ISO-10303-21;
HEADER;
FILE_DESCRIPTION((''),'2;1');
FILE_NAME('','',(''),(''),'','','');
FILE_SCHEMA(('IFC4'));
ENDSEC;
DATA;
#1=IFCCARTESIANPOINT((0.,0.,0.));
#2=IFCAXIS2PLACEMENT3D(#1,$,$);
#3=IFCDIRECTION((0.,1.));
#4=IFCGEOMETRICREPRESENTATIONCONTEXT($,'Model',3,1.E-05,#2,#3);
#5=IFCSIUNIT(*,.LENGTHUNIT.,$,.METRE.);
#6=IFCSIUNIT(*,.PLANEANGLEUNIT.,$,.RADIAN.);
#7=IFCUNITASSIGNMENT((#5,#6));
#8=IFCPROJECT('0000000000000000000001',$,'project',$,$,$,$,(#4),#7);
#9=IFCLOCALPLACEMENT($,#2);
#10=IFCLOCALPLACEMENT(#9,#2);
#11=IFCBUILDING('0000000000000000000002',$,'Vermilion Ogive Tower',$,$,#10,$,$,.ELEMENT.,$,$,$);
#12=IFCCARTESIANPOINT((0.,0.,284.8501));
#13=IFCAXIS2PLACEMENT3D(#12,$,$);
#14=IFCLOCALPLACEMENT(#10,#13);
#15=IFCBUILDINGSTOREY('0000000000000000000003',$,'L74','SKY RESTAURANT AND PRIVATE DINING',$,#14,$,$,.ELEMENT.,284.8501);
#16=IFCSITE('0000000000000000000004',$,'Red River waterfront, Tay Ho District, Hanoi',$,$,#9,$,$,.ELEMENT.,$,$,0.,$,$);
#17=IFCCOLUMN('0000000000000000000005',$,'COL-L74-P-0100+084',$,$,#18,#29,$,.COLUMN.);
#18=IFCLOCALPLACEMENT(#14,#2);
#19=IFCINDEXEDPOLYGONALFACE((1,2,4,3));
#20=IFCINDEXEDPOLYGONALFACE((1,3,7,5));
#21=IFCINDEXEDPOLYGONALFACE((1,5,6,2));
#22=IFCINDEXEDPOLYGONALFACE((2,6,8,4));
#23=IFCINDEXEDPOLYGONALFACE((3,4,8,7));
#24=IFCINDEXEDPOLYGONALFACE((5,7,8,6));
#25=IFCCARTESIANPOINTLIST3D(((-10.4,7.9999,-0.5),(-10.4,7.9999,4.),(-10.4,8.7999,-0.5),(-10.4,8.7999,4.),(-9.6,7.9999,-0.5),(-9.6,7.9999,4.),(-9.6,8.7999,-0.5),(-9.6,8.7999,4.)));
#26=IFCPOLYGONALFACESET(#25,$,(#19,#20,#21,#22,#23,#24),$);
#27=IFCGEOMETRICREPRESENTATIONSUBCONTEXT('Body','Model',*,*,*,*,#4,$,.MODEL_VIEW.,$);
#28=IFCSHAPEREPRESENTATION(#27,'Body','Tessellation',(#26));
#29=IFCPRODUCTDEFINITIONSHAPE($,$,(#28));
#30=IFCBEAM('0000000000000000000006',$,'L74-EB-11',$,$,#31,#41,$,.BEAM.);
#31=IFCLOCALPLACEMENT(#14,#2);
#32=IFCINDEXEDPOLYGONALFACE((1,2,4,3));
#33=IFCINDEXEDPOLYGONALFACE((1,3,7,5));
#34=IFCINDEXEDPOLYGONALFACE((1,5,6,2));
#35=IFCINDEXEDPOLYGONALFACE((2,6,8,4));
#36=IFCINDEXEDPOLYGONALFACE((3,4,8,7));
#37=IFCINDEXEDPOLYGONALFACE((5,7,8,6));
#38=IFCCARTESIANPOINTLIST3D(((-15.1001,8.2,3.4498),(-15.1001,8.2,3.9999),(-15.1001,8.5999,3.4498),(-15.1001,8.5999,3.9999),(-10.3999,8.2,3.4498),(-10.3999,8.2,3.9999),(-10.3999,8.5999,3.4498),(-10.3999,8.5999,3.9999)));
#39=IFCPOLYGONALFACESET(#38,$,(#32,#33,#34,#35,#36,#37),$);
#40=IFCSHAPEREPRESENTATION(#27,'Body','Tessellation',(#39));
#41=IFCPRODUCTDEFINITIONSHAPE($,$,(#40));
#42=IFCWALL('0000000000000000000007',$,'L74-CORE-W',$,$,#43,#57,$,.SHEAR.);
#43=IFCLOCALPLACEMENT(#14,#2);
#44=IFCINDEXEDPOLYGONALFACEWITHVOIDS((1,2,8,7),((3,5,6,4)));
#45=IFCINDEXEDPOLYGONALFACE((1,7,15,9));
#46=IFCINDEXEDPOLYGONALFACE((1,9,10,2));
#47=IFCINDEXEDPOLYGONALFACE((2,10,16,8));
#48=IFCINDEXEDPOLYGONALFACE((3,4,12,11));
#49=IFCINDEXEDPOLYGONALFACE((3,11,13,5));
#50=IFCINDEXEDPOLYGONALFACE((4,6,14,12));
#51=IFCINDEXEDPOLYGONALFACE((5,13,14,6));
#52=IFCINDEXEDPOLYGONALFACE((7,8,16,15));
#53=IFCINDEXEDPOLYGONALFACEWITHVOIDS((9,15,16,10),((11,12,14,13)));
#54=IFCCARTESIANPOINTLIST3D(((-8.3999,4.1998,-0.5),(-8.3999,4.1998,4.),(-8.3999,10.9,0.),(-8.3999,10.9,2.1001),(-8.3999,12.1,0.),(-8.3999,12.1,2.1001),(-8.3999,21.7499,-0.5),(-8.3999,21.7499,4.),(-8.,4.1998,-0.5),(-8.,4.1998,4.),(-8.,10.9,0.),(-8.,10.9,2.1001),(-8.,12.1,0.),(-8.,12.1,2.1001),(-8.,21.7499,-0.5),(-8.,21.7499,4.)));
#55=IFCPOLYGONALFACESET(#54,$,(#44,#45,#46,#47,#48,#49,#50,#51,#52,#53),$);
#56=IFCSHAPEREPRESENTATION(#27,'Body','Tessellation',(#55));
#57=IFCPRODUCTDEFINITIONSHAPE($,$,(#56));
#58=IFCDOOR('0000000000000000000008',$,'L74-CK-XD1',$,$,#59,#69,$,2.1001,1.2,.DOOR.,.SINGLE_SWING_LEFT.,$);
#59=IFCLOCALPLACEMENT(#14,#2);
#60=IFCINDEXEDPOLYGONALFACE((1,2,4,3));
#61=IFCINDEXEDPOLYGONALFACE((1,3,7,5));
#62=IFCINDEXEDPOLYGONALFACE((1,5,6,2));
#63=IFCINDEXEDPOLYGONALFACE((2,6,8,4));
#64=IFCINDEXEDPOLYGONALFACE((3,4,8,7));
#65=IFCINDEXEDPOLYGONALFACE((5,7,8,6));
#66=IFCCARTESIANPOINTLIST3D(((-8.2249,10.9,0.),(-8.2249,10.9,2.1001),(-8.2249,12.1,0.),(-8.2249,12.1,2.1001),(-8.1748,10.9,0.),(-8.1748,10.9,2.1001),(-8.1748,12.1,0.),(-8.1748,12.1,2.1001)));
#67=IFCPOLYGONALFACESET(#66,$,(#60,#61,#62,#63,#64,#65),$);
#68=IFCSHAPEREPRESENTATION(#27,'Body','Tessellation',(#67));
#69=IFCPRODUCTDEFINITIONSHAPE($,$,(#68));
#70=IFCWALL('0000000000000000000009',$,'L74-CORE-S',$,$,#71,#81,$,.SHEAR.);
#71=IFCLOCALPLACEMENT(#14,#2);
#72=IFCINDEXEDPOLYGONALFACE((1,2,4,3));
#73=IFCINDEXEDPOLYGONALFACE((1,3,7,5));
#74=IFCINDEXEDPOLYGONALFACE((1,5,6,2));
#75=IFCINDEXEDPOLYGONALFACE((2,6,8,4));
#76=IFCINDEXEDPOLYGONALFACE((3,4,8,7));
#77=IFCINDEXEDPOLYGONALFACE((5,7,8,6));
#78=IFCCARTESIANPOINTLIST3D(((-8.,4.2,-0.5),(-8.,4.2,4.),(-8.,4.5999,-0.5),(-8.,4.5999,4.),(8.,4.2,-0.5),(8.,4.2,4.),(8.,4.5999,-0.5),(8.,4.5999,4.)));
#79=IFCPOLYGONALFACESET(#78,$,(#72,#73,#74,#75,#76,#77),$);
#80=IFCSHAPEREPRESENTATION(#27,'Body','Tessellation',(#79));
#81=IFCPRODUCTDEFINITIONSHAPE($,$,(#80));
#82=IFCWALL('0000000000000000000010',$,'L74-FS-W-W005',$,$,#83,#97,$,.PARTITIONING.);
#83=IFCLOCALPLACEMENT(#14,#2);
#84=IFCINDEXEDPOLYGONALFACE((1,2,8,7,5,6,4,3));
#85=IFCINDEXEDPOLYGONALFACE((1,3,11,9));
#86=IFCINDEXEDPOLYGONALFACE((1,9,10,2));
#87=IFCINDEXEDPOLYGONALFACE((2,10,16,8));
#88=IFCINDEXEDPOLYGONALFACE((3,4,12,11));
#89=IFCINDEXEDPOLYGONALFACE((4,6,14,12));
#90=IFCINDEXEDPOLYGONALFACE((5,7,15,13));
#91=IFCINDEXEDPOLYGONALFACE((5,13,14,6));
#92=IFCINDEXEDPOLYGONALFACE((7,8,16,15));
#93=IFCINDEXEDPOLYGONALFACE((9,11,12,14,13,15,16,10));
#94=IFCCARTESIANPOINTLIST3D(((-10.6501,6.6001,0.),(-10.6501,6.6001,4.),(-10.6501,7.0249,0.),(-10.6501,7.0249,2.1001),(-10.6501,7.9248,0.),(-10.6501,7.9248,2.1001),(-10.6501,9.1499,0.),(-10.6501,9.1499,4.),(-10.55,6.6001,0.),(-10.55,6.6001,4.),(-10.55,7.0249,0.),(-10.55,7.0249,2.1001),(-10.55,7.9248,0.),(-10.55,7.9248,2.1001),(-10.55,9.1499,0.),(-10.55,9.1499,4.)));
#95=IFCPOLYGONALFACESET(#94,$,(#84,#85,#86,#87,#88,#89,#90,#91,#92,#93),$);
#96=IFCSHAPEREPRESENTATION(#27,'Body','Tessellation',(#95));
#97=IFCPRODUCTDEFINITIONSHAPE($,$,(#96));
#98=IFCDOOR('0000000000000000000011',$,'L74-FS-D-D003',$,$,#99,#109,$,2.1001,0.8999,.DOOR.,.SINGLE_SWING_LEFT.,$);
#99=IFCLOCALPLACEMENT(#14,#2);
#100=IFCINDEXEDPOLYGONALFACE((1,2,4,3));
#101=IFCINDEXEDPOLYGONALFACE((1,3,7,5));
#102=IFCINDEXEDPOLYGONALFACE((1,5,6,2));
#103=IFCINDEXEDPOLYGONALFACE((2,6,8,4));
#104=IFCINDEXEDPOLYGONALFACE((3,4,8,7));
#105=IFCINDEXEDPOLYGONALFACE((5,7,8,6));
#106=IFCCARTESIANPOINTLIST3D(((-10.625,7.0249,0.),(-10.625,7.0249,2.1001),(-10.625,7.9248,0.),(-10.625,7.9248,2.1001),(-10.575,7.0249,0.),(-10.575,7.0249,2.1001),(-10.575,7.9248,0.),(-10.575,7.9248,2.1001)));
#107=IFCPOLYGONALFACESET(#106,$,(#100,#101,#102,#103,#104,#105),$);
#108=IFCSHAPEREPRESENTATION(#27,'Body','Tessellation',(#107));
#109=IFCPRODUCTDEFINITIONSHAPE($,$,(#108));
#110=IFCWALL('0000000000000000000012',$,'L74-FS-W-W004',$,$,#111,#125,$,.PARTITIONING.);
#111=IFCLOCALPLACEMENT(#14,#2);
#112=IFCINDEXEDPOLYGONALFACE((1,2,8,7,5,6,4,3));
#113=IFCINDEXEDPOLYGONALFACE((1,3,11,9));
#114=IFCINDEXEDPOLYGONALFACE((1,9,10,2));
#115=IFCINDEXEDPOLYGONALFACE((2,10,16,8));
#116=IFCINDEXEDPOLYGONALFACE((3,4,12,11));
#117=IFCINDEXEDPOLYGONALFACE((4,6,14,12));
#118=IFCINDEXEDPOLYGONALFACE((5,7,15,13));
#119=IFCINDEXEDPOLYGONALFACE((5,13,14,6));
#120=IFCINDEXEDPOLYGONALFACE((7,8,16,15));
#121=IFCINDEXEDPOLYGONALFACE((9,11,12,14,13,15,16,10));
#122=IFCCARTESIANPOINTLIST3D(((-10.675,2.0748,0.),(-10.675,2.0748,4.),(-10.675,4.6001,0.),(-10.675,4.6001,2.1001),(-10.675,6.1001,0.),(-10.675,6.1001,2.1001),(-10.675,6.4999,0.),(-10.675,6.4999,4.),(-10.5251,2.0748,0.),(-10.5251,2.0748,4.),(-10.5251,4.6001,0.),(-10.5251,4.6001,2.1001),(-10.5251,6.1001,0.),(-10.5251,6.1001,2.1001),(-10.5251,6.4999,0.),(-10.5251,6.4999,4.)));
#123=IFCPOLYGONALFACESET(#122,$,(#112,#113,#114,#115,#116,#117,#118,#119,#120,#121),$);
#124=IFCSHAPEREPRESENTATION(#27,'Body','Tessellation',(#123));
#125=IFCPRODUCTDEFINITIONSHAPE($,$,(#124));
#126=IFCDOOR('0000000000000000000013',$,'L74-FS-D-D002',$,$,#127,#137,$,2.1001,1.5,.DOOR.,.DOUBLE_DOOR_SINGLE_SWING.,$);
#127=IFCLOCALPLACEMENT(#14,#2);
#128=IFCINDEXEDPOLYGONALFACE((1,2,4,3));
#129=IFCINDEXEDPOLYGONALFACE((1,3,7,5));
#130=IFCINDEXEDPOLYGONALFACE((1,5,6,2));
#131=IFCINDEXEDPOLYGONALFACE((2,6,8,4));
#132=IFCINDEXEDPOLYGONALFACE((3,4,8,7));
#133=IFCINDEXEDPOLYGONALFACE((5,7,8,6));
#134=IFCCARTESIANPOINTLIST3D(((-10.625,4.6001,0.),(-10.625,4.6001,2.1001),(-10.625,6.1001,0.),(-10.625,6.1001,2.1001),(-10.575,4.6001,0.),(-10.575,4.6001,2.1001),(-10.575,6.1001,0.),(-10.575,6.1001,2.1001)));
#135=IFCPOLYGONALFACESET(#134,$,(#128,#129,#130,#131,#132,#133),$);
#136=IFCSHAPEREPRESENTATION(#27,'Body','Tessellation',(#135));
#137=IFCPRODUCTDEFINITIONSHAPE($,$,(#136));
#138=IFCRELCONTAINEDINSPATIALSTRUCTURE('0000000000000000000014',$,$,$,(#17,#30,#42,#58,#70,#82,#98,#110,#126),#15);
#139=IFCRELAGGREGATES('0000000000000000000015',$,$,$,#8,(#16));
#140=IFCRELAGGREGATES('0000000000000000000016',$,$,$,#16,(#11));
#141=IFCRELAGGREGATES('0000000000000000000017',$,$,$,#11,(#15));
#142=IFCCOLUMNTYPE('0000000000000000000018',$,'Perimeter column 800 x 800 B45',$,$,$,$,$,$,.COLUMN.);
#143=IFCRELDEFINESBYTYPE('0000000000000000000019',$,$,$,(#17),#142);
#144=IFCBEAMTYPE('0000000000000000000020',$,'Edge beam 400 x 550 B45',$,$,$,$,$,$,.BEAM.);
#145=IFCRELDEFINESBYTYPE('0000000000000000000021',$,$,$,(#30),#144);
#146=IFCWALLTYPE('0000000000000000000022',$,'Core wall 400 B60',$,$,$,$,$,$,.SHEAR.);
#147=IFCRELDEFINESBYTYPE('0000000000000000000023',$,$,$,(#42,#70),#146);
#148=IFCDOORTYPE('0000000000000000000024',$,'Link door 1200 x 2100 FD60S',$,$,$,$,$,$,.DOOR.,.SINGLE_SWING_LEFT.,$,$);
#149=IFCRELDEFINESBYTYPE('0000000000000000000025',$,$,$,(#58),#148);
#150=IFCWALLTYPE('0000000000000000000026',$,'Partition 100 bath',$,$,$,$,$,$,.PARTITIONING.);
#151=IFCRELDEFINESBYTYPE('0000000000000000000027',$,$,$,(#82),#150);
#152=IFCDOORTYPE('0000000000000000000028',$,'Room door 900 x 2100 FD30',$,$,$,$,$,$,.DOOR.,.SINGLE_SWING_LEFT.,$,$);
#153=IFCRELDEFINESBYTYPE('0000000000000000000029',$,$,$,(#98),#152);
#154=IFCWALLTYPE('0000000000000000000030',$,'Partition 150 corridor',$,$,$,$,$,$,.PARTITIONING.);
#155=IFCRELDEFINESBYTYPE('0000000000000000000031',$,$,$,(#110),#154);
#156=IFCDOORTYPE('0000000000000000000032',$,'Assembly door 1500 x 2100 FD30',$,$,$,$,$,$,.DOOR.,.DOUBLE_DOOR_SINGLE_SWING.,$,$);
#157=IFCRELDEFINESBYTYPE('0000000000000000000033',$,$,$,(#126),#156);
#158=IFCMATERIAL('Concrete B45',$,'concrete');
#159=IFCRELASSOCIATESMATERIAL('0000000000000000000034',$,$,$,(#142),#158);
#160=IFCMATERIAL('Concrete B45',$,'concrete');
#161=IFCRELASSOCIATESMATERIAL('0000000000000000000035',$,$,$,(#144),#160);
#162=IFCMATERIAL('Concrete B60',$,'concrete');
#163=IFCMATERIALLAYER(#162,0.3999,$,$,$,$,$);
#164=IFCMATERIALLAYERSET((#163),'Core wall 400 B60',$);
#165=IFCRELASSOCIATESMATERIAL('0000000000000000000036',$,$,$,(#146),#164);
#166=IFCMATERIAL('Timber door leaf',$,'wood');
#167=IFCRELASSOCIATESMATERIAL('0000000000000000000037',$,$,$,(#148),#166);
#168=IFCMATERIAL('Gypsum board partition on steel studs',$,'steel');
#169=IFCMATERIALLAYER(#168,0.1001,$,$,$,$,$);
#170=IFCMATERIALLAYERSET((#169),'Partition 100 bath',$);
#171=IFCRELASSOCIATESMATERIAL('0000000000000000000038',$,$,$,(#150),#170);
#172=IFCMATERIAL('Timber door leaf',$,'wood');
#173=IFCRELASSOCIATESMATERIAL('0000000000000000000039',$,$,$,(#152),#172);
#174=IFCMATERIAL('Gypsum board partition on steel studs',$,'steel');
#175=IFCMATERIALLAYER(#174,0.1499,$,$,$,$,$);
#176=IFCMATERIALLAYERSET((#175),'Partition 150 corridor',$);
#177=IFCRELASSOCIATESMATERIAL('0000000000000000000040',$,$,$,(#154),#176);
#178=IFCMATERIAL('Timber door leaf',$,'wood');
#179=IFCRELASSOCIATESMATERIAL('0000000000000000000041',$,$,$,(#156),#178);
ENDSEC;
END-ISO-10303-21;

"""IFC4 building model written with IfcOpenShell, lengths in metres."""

from ifc_helpers import new_model, si_unit, direction, frame, frame_2d, origin, origin_2d, place, context, subcontext, project, spatial, rectangle, extrude, material, layer, layer_set, material_profile, profile_set, type_object, element, fill, save


model = new_model("IFC4")

# Units and contexts
model_context = context("Model", 3, precision=1e-05, world=origin(), true_north=direction((0.0, 1.0)))
body_context = subcontext(model_context, "Body", "Model", "MODEL_VIEW")
ifc_project = project(units=[si_unit("LENGTHUNIT", "METRE"), si_unit("PLANEANGLEUNIT", "RADIAN")], contexts=[model_context])

# Site, building, storey
site_placement = place(None, origin())
site = spatial("IfcSite", under=ifc_project, at=site_placement, Name="Red River waterfront, Tay Ho District, Hanoi", CompositionType="ELEMENT", RefElevation=0.0)
building_placement = place(site_placement, origin())
building = spatial("IfcBuilding", under=site, at=building_placement, Name="Vermilion Ogive Tower", CompositionType="ELEMENT")
storey_placement = place(building_placement, frame((0.0, 0.0, 284.8501)))
storey = spatial("IfcBuildingStorey", under=building, at=storey_placement, Name="L74", Description="SKY RESTAURANT AND PRIVATE DINING", CompositionType="ELEMENT", Elevation=284.8501)

# Column
ifc_material_1 = material(Name="Concrete B45", Category="concrete")
ifc_material_profile_1 = material_profile(ifc_material_1, rectangle(XDim=0.8, YDim=0.8, at=origin_2d()), Name="800 x 800")
ifc_profile_set_1 = profile_set([ifc_material_profile_1], Name="Concrete B45")
column_type = type_object("IfcColumnType", Name="Perimeter column 800 x 800 B45", PredefinedType="COLUMN", material=ifc_profile_set_1)
column_placement = place(storey_placement, frame((-10.0, 8.3999, -0.5), z_axis=(0.0, 0.0, 1.0), x_axis=(1.0, 0.0, 0.0)))
element("IfcColumn", 1, at=column_placement, inside=storey, type_object=column_type, Name="COL-L74-P-0100+084", PredefinedType="COLUMN", context=body_context, shape_type="SweptSolid", body=[
    extrude(rectangle(XDim=0.8, YDim=0.8, at=origin_2d()), origin(), (0.0, 0.0, 1.0), 4.5),
])

# Beam
ifc_material_2 = material(Name="Concrete B45", Category="concrete")
ifc_material_profile_2 = material_profile(ifc_material_2, rectangle(XDim=0.3999, YDim=0.55, at=origin_2d()), Name="400 x 550")
ifc_profile_set_2 = profile_set([ifc_material_profile_2], Name="Concrete B45")
beam_type = type_object("IfcBeamType", Name="Edge beam 400 x 550 B45", PredefinedType="BEAM", material=ifc_profile_set_2)
beam_placement = place(storey_placement, frame((-10.3999, 8.3999, 3.7249), z_axis=(-1.0, 0.0, 0.0), x_axis=(0.0, -1.0, 0.0)))
element("IfcBeam", 2, at=beam_placement, inside=storey, type_object=beam_type, Name="L74-EB-11", PredefinedType="BEAM", context=body_context, shape_type="SweptSolid", body=[
    extrude(rectangle(XDim=0.3999, YDim=0.55, at=origin_2d()), origin(), (0.0, 0.0, 1.0), 4.7002),
])

# Wall, opening, door
ifc_material_3 = material(Name="Concrete B60", Category="concrete")
ifc_layer_1 = layer(ifc_material_3, 0.3999)
ifc_layer_set_1 = layer_set([ifc_layer_1], Name="Core wall 400 B60")
wall_type_1 = type_object("IfcWallType", Name="Core wall 400 B60", PredefinedType="SHEAR", material=ifc_layer_set_1)
wall_1_placement = place(storey_placement, frame((-8.2, 4.2, -0.5), z_axis=(0.0, 0.0, 1.0), x_axis=(0.0, 1.0, 0.0)))
wall_1 = element("IfcWall", 3, at=wall_1_placement, inside=storey, type_object=wall_type_1, Name="L74-CORE-W", PredefinedType="SHEAR", context=body_context, shape_type="SweptSolid", body=[
    extrude(rectangle(XDim=17.55, YDim=0.3999, at=frame_2d((8.7749, 0.0))), origin(), (0.0, 0.0, 1.0), 4.5),
])
opening_1_placement = place(wall_1_placement, frame((6.7, 0.0, 0.5)))
opening_1 = element("IfcOpeningElement", 4, at=opening_1_placement, cuts=wall_1, PredefinedType="OPENING", context=body_context, shape_type="SweptSolid", body=[
    extrude(rectangle(XDim=1.2, YDim=2.1001, at=frame_2d((0.6001, 1.05))), frame((0.0, 0.21, 0.0), z_axis=(0.0, -1.0, 0.0), x_axis=(1.0, 0.0, 0.0)), (0.0, 0.0, 1.0), 0.4199),
])
ifc_material_4 = material(Name="Timber door leaf", Category="wood")
door_type_1 = type_object("IfcDoorType", Name="Link door 1200 x 2100 FD60S", OperationType="SINGLE_SWING_LEFT", PredefinedType="DOOR", material=ifc_material_4)
door_1_placement = place(opening_1_placement, origin())
door_1 = element("IfcDoor", 5, at=door_1_placement, inside=storey, type_object=door_type_1, Name="L74-CK-XD1", OperationType="SINGLE_SWING_LEFT", OverallHeight=2.1001, OverallWidth=1.2, PredefinedType="DOOR", context=body_context, shape_type="SweptSolid", body=[
    extrude(rectangle(XDim=1.2, YDim=2.1001, at=frame_2d((0.6001, 1.05))), frame((0.0, 0.0249, 0.0), z_axis=(0.0, -1.0, 0.0), x_axis=(1.0, 0.0, 0.0)), (0.0, 0.0, 1.0), 0.05),
])
fill(opening_1, door_1)

# Wall
wall_2_placement = place(storey_placement, frame((-8.0, 4.3999, -0.5), z_axis=(0.0, 0.0, 1.0), x_axis=(1.0, 0.0, 0.0)))
element("IfcWall", 6, at=wall_2_placement, inside=storey, type_object=wall_type_1, Name="L74-CORE-S", PredefinedType="SHEAR", context=body_context, shape_type="SweptSolid", body=[
    extrude(rectangle(XDim=16.0, YDim=0.3999, at=frame_2d((8.0, 0.0))), origin(), (0.0, 0.0, 1.0), 4.5),
])

# Walls, openings, doors
ifc_material_5 = material(Name="Gypsum board partition on steel studs", Category="steel")
ifc_layer_2 = layer(ifc_material_5, 0.1001)
ifc_layer_set_2 = layer_set([ifc_layer_2], Name="Partition 100 bath")
wall_type_2 = type_object("IfcWallType", Name="Partition 100 bath", PredefinedType="PARTITIONING", material=ifc_layer_set_2)
wall_3_placement = place(storey_placement, frame((-10.6001, 6.6001, 0.0), z_axis=(0.0, 0.0, 1.0), x_axis=(0.0, 1.0, 0.0)))
wall_3 = element("IfcWall", 7, at=wall_3_placement, inside=storey, type_object=wall_type_2, Name="L74-FS-W-W005", PredefinedType="PARTITIONING", context=body_context, shape_type="SweptSolid", body=[
    extrude(rectangle(XDim=2.5498, YDim=0.1001, at=frame_2d((1.2749, 0.0))), origin(), (0.0, 0.0, 1.0), 4.0),
])
opening_2_placement = place(wall_3_placement, frame((0.4248, 0.0, 0.0)))
opening_2 = element("IfcOpeningElement", 8, at=opening_2_placement, cuts=wall_3, PredefinedType="OPENING", context=body_context, shape_type="SweptSolid", body=[
    extrude(rectangle(XDim=0.8999, YDim=2.1001, at=frame_2d((0.45, 1.05))), frame((0.0, 0.0601, 0.0), z_axis=(0.0, -1.0, 0.0), x_axis=(1.0, 0.0, 0.0)), (0.0, 0.0, 1.0), 0.1201),
])
ifc_material_6 = material(Name="Timber door leaf", Category="wood")
door_type_2 = type_object("IfcDoorType", Name="Room door 900 x 2100 FD30", OperationType="SINGLE_SWING_LEFT", PredefinedType="DOOR", material=ifc_material_6)
door_2_placement = place(opening_2_placement, origin())
door_2 = element("IfcDoor", 9, at=door_2_placement, inside=storey, type_object=door_type_2, Name="L74-FS-D-D003", OperationType="SINGLE_SWING_LEFT", OverallHeight=2.1001, OverallWidth=0.8999, PredefinedType="DOOR", context=body_context, shape_type="SweptSolid", body=[
    extrude(rectangle(XDim=0.8999, YDim=2.1001, at=frame_2d((0.45, 1.05))), frame((0.0, 0.0249, 0.0), z_axis=(0.0, -1.0, 0.0), x_axis=(1.0, 0.0, 0.0)), (0.0, 0.0, 1.0), 0.05),
])
fill(opening_2, door_2)
ifc_material_7 = material(Name="Gypsum board partition on steel studs", Category="steel")
ifc_layer_3 = layer(ifc_material_7, 0.1499)
ifc_layer_set_3 = layer_set([ifc_layer_3], Name="Partition 150 corridor")
wall_type_3 = type_object("IfcWallType", Name="Partition 150 corridor", PredefinedType="PARTITIONING", material=ifc_layer_set_3)
wall_4_placement = place(storey_placement, frame((-10.6001, 2.075, 0.0), z_axis=(0.0, 0.0, 1.0), x_axis=(0.0, 1.0, 0.0)))
wall_4 = element("IfcWall", 10, at=wall_4_placement, inside=storey, type_object=wall_type_3, Name="L74-FS-W-W004", PredefinedType="PARTITIONING", context=body_context, shape_type="SweptSolid", body=[
    extrude(rectangle(XDim=4.425, YDim=0.1499, at=frame_2d((2.2124, 0.0))), origin(), (0.0, 0.0, 1.0), 4.0),
])
opening_3_placement = place(wall_4_placement, frame((2.5251, 0.0, 0.0)))
opening_3 = element("IfcOpeningElement", 11, at=opening_3_placement, cuts=wall_4, PredefinedType="OPENING", context=body_context, shape_type="SweptSolid", body=[
    extrude(rectangle(XDim=1.5, YDim=2.1001, at=frame_2d((0.75, 1.05))), frame((0.0, 0.085, 0.0), z_axis=(0.0, -1.0, 0.0), x_axis=(1.0, 0.0, 0.0)), (0.0, 0.0, 1.0), 0.1699),
])
ifc_material_8 = material(Name="Timber door leaf", Category="wood")
door_type_3 = type_object("IfcDoorType", Name="Assembly door 1500 x 2100 FD30", OperationType="DOUBLE_DOOR_SINGLE_SWING", PredefinedType="DOOR", material=ifc_material_8)
door_3_placement = place(opening_3_placement, origin())
door_3 = element("IfcDoor", 12, at=door_3_placement, inside=storey, type_object=door_type_3, Name="L74-FS-D-D002", OperationType="DOUBLE_DOOR_SINGLE_SWING", OverallHeight=2.1001, OverallWidth=1.5, PredefinedType="DOOR", context=body_context, shape_type="SweptSolid", body=[
    extrude(rectangle(XDim=1.5, YDim=2.1001, at=frame_2d((0.75, 1.05))), frame((0.0, 0.0249, 0.0), z_axis=(0.0, -1.0, 0.0), x_axis=(1.0, 0.0, 0.0)), (0.0, 0.0, 1.0), 0.05),
])
fill(opening_3, door_3)

save(model, "model.ifc")
